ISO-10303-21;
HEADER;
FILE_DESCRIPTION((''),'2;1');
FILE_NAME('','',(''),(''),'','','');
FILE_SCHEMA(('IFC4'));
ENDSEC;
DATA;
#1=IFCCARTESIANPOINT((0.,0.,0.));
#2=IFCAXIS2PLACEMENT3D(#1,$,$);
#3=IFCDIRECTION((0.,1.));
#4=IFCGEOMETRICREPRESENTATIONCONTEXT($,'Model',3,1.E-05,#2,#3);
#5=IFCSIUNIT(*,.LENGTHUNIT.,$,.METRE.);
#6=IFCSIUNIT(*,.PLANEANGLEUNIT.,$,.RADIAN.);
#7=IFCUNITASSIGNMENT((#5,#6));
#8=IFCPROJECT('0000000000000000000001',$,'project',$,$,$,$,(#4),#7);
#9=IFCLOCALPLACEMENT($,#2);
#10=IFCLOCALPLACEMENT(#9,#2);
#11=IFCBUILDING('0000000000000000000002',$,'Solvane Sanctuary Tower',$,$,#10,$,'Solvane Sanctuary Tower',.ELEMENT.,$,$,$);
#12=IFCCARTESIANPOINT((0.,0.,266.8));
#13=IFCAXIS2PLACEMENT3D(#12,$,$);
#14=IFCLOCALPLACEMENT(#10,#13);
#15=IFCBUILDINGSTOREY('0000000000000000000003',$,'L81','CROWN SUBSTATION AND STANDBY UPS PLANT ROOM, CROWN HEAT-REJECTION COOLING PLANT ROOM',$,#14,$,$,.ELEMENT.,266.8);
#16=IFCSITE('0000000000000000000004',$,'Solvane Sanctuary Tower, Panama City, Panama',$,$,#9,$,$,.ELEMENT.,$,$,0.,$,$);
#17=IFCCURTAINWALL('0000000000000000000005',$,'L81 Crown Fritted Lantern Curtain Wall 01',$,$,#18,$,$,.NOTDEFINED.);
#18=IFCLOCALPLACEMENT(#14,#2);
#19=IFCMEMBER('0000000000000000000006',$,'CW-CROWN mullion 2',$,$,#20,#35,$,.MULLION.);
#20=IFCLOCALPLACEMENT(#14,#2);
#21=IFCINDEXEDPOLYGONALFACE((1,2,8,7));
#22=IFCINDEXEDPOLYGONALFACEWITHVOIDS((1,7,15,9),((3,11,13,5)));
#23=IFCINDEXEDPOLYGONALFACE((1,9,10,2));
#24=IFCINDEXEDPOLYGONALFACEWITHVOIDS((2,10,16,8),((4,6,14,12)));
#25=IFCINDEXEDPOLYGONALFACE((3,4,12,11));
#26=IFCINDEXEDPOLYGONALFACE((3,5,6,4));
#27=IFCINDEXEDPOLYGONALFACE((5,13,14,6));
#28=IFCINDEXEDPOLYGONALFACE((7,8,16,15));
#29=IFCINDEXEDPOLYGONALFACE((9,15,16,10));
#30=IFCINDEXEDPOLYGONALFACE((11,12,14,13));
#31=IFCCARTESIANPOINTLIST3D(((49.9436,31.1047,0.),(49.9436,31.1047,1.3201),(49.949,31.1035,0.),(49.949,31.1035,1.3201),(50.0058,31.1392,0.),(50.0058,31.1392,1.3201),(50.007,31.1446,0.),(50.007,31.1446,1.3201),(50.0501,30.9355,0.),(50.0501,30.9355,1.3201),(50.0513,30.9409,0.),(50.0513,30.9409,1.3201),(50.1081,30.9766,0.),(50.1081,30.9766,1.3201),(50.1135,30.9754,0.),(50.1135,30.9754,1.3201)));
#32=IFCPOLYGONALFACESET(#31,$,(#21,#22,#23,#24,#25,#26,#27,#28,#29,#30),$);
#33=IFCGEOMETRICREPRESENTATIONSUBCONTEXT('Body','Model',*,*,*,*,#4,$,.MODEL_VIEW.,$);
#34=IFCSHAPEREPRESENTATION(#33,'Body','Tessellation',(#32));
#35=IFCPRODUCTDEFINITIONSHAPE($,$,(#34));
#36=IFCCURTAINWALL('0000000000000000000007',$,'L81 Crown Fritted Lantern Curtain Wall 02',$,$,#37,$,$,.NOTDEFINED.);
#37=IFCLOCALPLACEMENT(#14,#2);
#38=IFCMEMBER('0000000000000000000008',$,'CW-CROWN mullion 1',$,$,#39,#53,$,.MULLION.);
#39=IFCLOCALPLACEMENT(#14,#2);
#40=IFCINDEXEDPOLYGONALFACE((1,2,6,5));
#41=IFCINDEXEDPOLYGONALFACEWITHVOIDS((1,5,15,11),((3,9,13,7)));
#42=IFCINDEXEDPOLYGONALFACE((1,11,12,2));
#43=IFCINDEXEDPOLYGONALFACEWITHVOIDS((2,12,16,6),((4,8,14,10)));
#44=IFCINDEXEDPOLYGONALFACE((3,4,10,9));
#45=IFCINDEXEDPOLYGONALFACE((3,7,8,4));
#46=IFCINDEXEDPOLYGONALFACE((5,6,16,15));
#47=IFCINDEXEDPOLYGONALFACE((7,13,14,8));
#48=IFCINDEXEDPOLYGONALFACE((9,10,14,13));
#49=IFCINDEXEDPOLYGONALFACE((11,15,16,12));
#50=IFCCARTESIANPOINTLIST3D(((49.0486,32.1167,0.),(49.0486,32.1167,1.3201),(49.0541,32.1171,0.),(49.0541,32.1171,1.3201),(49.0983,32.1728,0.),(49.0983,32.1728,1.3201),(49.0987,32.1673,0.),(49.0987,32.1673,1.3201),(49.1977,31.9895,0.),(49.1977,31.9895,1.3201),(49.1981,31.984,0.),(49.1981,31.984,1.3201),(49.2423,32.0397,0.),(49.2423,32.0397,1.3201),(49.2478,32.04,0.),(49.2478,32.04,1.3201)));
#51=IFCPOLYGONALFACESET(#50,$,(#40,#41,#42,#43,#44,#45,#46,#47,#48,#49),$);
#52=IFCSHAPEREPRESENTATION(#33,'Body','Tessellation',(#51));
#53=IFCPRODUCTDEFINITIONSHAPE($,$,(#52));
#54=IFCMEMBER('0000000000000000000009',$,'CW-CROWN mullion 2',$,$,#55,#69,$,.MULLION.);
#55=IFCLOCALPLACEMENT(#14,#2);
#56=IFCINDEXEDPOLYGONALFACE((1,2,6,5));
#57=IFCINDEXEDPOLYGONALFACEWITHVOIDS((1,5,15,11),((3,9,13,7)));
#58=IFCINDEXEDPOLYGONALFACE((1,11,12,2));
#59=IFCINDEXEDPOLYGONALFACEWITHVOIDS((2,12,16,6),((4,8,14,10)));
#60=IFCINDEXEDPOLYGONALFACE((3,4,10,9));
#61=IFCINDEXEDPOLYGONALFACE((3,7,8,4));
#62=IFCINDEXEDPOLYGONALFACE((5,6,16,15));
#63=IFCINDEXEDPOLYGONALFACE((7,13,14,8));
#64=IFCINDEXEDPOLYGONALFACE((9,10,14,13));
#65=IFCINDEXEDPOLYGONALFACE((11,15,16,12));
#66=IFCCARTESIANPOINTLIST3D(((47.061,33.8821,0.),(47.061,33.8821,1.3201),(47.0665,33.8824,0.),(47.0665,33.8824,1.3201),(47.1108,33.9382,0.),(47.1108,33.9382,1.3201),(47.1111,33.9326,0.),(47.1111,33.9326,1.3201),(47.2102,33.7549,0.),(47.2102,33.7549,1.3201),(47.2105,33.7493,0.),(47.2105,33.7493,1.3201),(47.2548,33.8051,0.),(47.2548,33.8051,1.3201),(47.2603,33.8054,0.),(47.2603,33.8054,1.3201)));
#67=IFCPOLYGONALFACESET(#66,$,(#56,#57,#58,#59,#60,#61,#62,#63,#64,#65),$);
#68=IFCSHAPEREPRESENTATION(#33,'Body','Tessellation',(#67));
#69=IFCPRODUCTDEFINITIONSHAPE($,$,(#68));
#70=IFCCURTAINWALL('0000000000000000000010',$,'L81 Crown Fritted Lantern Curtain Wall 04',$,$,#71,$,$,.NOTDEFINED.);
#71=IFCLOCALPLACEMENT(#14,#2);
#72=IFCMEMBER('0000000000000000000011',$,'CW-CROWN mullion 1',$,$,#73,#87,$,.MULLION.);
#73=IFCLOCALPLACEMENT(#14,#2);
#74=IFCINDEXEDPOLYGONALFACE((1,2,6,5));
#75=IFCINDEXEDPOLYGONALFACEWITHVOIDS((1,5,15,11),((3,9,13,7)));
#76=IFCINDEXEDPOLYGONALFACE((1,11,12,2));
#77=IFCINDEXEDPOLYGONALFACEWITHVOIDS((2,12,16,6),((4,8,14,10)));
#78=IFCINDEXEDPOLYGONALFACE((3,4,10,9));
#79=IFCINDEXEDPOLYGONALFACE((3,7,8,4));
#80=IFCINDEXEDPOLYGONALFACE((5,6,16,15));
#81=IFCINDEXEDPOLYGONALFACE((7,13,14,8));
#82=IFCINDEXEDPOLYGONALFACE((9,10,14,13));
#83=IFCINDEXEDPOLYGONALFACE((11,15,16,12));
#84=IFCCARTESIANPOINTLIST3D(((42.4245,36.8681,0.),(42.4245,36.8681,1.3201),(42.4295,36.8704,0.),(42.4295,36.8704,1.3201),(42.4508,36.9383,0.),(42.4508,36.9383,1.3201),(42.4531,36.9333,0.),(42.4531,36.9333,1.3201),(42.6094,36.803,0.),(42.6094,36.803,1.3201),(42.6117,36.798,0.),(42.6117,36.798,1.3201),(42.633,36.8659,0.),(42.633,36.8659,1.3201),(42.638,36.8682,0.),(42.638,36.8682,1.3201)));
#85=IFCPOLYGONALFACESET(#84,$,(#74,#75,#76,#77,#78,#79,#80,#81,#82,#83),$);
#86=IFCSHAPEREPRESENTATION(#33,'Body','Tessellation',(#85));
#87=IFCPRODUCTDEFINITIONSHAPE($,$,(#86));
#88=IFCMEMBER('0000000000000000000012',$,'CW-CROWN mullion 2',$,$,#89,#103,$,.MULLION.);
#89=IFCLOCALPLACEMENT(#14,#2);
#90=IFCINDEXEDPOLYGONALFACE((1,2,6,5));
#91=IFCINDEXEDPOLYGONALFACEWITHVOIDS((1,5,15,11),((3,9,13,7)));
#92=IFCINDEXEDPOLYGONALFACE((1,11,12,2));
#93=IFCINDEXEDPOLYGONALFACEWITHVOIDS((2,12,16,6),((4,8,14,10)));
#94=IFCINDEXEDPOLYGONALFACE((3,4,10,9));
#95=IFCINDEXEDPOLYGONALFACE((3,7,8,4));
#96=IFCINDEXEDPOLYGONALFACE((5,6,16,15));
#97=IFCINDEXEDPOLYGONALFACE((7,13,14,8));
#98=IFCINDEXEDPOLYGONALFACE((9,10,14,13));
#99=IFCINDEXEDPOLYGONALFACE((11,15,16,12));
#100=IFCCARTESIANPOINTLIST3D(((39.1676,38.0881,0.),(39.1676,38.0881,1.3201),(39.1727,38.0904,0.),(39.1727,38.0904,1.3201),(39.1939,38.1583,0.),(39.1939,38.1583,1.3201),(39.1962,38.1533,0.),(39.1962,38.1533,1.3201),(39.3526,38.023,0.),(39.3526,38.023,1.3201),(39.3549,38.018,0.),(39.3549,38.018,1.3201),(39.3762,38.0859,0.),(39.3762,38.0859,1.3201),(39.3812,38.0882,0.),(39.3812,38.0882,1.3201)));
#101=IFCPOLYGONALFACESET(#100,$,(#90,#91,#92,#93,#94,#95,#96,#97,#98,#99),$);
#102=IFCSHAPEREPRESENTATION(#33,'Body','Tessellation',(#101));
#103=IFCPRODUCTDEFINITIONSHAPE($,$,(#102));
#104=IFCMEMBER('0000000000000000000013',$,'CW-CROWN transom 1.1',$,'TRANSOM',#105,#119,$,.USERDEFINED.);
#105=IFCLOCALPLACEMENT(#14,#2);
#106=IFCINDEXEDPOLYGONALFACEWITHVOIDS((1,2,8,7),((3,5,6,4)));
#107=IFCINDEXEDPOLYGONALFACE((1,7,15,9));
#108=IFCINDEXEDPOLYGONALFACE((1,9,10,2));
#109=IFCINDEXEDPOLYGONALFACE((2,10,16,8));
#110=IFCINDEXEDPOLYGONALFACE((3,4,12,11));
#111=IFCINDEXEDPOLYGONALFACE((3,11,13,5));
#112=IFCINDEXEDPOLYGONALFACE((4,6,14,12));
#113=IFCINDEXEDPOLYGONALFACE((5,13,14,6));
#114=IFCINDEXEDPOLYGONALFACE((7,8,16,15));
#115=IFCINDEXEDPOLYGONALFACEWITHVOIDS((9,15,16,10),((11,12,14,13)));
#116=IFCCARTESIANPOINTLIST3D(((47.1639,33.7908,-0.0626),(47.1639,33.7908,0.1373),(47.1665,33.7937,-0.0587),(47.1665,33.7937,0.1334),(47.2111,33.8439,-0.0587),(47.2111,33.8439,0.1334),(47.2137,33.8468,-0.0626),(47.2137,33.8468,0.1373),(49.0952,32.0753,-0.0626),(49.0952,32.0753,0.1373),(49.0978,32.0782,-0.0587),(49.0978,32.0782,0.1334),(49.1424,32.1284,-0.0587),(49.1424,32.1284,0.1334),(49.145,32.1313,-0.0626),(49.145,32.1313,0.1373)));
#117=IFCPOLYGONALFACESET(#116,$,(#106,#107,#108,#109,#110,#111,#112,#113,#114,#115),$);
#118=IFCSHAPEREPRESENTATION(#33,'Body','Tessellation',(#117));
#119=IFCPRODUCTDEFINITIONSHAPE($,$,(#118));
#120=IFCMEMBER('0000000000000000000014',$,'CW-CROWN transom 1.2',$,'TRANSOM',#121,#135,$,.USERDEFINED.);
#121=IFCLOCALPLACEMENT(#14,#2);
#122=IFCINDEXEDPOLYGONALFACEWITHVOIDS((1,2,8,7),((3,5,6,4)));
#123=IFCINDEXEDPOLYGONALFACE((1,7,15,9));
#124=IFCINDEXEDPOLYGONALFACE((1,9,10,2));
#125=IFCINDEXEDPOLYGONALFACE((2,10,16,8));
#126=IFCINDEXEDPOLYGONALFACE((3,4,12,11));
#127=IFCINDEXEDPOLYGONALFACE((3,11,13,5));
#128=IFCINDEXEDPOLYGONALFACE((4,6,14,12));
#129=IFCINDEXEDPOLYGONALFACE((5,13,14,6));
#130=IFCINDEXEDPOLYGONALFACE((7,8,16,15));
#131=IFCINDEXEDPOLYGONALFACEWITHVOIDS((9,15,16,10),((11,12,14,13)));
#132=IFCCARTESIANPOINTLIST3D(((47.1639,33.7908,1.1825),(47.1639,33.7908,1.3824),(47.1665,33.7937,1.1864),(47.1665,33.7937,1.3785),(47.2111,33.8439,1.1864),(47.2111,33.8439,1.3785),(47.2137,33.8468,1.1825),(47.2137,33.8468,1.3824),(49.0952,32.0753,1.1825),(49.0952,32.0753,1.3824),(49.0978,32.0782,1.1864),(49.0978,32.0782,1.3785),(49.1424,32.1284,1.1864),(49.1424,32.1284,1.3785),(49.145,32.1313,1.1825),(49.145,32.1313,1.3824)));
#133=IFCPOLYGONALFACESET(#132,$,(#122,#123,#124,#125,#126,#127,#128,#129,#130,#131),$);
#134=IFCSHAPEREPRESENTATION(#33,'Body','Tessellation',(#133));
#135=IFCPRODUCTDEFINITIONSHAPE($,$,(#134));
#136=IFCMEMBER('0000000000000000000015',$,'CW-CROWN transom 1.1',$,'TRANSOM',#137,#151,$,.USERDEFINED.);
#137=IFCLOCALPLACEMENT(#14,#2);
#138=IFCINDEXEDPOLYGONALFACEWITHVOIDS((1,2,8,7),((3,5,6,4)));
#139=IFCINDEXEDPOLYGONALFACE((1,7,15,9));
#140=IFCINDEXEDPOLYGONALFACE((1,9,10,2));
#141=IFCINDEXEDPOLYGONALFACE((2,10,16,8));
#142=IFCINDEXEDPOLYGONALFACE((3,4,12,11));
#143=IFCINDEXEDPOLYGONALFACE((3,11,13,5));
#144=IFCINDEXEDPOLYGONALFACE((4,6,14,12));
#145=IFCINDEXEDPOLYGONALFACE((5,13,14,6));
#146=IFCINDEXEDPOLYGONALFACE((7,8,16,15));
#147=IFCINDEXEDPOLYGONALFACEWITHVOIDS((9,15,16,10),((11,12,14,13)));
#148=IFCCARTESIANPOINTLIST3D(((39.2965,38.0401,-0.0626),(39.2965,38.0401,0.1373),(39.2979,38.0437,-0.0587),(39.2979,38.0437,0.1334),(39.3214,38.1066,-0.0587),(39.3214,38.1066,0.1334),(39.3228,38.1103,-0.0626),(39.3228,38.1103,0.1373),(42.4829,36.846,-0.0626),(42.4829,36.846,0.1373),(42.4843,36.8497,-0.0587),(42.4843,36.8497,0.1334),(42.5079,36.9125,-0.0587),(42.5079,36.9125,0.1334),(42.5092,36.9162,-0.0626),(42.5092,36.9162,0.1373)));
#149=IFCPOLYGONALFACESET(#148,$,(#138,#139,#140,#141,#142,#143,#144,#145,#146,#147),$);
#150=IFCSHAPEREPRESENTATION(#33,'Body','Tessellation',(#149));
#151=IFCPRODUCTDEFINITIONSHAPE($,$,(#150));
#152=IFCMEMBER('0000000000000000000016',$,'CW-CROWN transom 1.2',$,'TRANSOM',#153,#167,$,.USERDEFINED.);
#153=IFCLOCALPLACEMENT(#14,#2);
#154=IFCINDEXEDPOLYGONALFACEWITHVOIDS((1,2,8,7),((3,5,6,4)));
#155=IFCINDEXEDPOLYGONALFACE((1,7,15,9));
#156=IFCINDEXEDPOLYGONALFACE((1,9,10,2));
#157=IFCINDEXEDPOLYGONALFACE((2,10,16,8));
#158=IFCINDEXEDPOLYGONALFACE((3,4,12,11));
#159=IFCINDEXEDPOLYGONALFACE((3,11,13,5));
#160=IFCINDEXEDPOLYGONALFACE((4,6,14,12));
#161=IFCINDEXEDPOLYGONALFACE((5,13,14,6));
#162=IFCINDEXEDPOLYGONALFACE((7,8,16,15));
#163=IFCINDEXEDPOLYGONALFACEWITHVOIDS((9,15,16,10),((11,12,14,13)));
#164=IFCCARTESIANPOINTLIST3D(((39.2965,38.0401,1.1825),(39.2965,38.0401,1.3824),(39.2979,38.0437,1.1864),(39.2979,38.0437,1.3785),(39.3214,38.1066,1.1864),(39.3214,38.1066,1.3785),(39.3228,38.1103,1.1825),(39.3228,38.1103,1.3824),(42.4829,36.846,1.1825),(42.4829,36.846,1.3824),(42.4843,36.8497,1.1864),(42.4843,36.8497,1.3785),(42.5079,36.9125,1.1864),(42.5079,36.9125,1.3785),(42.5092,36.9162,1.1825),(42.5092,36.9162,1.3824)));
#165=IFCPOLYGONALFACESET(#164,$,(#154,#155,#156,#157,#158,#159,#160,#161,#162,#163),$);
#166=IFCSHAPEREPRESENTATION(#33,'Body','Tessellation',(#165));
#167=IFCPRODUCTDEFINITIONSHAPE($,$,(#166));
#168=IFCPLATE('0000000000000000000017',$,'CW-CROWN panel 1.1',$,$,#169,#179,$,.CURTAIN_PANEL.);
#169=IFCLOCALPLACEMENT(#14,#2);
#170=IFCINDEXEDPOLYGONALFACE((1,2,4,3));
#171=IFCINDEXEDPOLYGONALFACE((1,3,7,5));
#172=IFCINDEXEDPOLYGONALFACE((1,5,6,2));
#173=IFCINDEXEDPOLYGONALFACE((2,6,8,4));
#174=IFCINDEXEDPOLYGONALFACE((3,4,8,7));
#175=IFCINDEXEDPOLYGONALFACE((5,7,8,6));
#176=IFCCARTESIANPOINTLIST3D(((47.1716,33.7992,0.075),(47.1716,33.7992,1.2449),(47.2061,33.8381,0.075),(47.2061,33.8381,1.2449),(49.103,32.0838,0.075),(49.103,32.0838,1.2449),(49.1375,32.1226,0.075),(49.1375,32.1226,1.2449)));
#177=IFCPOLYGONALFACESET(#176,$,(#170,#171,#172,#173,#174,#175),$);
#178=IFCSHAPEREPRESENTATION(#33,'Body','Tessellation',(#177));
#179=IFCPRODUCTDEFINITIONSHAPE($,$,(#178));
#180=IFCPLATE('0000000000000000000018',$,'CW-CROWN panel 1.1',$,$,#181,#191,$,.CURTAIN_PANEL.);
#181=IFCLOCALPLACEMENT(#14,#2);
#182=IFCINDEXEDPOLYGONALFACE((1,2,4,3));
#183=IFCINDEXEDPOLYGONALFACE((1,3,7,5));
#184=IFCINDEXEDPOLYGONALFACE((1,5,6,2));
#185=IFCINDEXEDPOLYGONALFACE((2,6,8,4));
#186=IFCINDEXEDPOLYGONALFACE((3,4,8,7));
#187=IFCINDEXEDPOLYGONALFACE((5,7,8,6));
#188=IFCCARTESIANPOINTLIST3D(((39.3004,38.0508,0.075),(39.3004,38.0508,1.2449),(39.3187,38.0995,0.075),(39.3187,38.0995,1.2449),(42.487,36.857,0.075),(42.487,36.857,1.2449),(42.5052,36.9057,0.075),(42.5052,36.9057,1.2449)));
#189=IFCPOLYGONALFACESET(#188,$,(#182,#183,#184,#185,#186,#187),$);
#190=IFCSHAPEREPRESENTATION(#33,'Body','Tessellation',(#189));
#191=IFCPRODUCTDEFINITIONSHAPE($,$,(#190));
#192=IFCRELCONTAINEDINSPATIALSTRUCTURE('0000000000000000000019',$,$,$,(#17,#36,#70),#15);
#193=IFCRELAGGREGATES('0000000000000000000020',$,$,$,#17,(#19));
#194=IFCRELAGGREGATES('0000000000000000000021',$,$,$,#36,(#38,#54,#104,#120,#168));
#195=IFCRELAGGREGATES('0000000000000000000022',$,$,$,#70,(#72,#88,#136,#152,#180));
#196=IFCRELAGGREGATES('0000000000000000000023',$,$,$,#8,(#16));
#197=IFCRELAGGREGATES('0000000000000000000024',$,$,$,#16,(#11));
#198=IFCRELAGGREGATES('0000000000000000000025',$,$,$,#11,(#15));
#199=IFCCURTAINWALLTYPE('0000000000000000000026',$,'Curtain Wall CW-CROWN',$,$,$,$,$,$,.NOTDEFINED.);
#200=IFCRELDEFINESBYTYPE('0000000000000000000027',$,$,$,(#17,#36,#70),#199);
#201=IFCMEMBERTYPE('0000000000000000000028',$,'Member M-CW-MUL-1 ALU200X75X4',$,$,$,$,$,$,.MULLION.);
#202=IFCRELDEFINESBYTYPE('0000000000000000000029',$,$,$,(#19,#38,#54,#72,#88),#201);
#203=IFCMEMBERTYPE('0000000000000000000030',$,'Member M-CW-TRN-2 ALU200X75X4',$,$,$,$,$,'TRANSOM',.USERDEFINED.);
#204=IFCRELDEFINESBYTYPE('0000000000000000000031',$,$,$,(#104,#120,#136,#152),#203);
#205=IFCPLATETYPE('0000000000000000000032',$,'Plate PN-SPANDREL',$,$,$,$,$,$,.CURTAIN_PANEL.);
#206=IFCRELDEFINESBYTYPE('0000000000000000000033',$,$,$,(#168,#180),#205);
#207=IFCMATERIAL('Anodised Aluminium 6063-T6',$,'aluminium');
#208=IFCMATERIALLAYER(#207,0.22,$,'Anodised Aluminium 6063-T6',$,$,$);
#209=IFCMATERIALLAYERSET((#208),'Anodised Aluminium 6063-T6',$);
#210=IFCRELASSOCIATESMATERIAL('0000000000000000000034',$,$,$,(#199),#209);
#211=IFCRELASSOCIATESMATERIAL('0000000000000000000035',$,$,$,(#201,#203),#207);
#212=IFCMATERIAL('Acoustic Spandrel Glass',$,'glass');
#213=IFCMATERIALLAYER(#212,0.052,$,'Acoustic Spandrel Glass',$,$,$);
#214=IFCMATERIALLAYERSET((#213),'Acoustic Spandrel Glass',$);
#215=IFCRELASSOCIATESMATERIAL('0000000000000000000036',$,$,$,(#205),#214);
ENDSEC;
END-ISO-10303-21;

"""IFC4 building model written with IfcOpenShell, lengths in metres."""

from ifc_helpers import new_model, si_unit, direction, frame, origin, origin_2d, place, context, subcontext, project, spatial, rectangle, hollow_rectangle, extrude, material, layer, layer_set, material_profile, profile_set, type_object, element, aggregate, save


model = new_model("IFC4")

# Units and contexts
model_context = context("Model", 3, precision=1e-05, world=origin(), true_north=direction((0.0, 1.0)))
body_context = subcontext(model_context, "Body", "Model", "MODEL_VIEW")
ifc_project = project(units=[si_unit("LENGTHUNIT", "METRE"), si_unit("PLANEANGLEUNIT", "RADIAN")], contexts=[model_context])

# Site, building, storey
site_placement = place(None, origin())
site = spatial("IfcSite", under=ifc_project, at=site_placement, Name="Solvane Sanctuary Tower, Panama City, Panama", CompositionType="ELEMENT", RefElevation=0.0)
building_placement = place(site_placement, origin())
building = spatial("IfcBuilding", under=site, at=building_placement, Name="Solvane Sanctuary Tower", LongName="Solvane Sanctuary Tower", CompositionType="ELEMENT")
storey_placement = place(building_placement, frame((0.0, 0.0, 266.8)))
storey = spatial("IfcBuildingStorey", under=building, at=storey_placement, Name="L81", Description="CROWN SUBSTATION AND STANDBY UPS PLANT ROOM, CROWN HEAT-REJECTION COOLING PLANT ROOM", CompositionType="ELEMENT", Elevation=266.8)

# Curtain wall, member
ifc_material_1 = material(Name="Anodised Aluminium 6063-T6", Category="aluminium")
ifc_layer_1 = layer(ifc_material_1, 0.22, Name="Anodised Aluminium 6063-T6")
ifc_layer_set_1 = layer_set([ifc_layer_1], Name="Anodised Aluminium 6063-T6")
curtain_wall_type = type_object("IfcCurtainWallType", Name="Curtain Wall CW-CROWN", PredefinedType="NOTDEFINED", material=ifc_layer_set_1)
curtain_wall_1_placement = place(storey_placement, origin())
curtain_wall_1 = element("IfcCurtainWall", 1, at=curtain_wall_1_placement, inside=storey, type_object=curtain_wall_type, Name="L81 Crown Fritted Lantern Curtain Wall 01", PredefinedType="NOTDEFINED")
ifc_material_profile_1 = material_profile(ifc_material_1, hollow_rectangle(XDim=0.075, YDim=0.2, WallThickness=0.0039, at=origin_2d()), Name="ALU200X75X4")
ifc_profile_set_1 = profile_set([ifc_material_profile_1], Name="Anodised Aluminium 6063-T6")
member_type_1 = type_object("IfcMemberType", Name="Member M-CW-MUL-1 ALU200X75X4", PredefinedType="MULLION", material=ifc_profile_set_1)
member_1_placement = place(storey_placement, frame((50.0286, 31.04, 0.0), z_axis=(0.0, 0.0, 1.0), x_axis=(-0.846332, -0.532656, 0.0)))
member_1 = element("IfcMember", 2, at=member_1_placement, type_object=member_type_1, Name="CW-CROWN mullion 2", PredefinedType="MULLION", context=body_context, shape_type="SweptSolid", body=[
    extrude(hollow_rectangle(XDim=0.075, YDim=0.2, WallThickness=0.0039, at=origin_2d()), origin(), (0.0, 0.0, 1.0), 1.3201),
])
aggregate(curtain_wall_1, [member_1])

# Curtain walls, members
curtain_wall_2_placement = place(storey_placement, origin())
curtain_wall_2 = element("IfcCurtainWall", 3, at=curtain_wall_2_placement, inside=storey, type_object=curtain_wall_type, Name="L81 Crown Fritted Lantern Curtain Wall 02", PredefinedType="NOTDEFINED")
member_2_placement = place(storey_placement, frame((49.1482, 32.0784, 0.0), z_axis=(0.0, 0.0, 1.0), x_axis=(-0.664071, -0.74767, 0.0)))
member_2 = element("IfcMember", 4, at=member_2_placement, type_object=member_type_1, Name="CW-CROWN mullion 1", PredefinedType="MULLION", context=body_context, shape_type="SweptSolid", body=[
    extrude(hollow_rectangle(XDim=0.075, YDim=0.2, WallThickness=0.0039, at=origin_2d()), origin(), (0.0, 0.0, 1.0), 1.3201),
])
member_3_placement = place(storey_placement, frame((47.1606, 33.8438, 0.0), z_axis=(0.0, 0.0, 1.0), x_axis=(-0.664071, -0.74767, 0.0)))
member_3 = element("IfcMember", 5, at=member_3_placement, type_object=member_type_1, Name="CW-CROWN mullion 2", PredefinedType="MULLION", context=body_context, shape_type="SweptSolid", body=[
    extrude(hollow_rectangle(XDim=0.075, YDim=0.2, WallThickness=0.0039, at=origin_2d()), origin(), (0.0, 0.0, 1.0), 1.3201),
])
curtain_wall_3_placement = place(storey_placement, origin())
curtain_wall_3 = element("IfcCurtainWall", 6, at=curtain_wall_3_placement, inside=storey, type_object=curtain_wall_type, Name="L81 Crown Fritted Lantern Curtain Wall 04", PredefinedType="NOTDEFINED")
member_4_placement = place(storey_placement, frame((42.5312, 36.8682, 0.0), z_axis=(0.0, 0.0, 1.0), x_axis=(-0.350837, -0.936437, 0.0)))
member_4 = element("IfcMember", 7, at=member_4_placement, type_object=member_type_1, Name="CW-CROWN mullion 1", PredefinedType="MULLION", context=body_context, shape_type="SweptSolid", body=[
    extrude(hollow_rectangle(XDim=0.075, YDim=0.2, WallThickness=0.0039, at=origin_2d()), origin(), (0.0, 0.0, 1.0), 1.3201),
])
member_5_placement = place(storey_placement, frame((39.2744, 38.0881, 0.0), z_axis=(0.0, 0.0, 1.0), x_axis=(-0.350837, -0.936437, 0.0)))
member_5 = element("IfcMember", 8, at=member_5_placement, type_object=member_type_1, Name="CW-CROWN mullion 2", PredefinedType="MULLION", context=body_context, shape_type="SweptSolid", body=[
    extrude(hollow_rectangle(XDim=0.075, YDim=0.2, WallThickness=0.0039, at=origin_2d()), origin(), (0.0, 0.0, 1.0), 1.3201),
])

# Members
ifc_material_profile_2 = material_profile(ifc_material_1, hollow_rectangle(XDim=0.075, YDim=0.2, WallThickness=0.0039, at=origin_2d()), Name="ALU200X75X4")
ifc_profile_set_2 = profile_set([ifc_material_profile_2], Name="Anodised Aluminium 6063-T6")
member_type_2 = type_object("IfcMemberType", Name="Member M-CW-TRN-2 ALU200X75X4", ElementType="TRANSOM", PredefinedType="USERDEFINED", material=ifc_profile_set_2)
member_6_placement = place(storey_placement, frame((49.1201, 32.1033, 0.0374), z_axis=(-0.747644, 0.6641, 0.0), x_axis=(-0.6641, -0.747644, 0.0)))
member_6 = element("IfcMember", 9, at=member_6_placement, type_object=member_type_2, Name="CW-CROWN transom 1.1", ObjectType="TRANSOM", PredefinedType="USERDEFINED", context=body_context, shape_type="SweptSolid", body=[
    extrude(hollow_rectangle(XDim=0.075, YDim=0.2, WallThickness=0.0039, at=origin_2d()), origin(), (0.0, 0.0, 1.0), 2.5833),
])
member_7_placement = place(storey_placement, frame((49.1201, 32.1033, 1.2825), z_axis=(-0.747644, 0.6641, 0.0), x_axis=(-0.6641, -0.747644, 0.0)))
member_7 = element("IfcMember", 10, at=member_7_placement, type_object=member_type_2, Name="CW-CROWN transom 1.2", ObjectType="TRANSOM", PredefinedType="USERDEFINED", context=body_context, shape_type="SweptSolid", body=[
    extrude(hollow_rectangle(XDim=0.075, YDim=0.2, WallThickness=0.0039, at=origin_2d()), origin(), (0.0, 0.0, 1.0), 2.5833),
])
member_8_placement = place(storey_placement, frame((42.4961, 36.8811, 0.0374), z_axis=(-0.936412, 0.350903, 0.0), x_axis=(-0.350903, -0.936412, 0.0)))
member_8 = element("IfcMember", 11, at=member_8_placement, type_object=member_type_2, Name="CW-CROWN transom 1.1", ObjectType="TRANSOM", PredefinedType="USERDEFINED", context=body_context, shape_type="SweptSolid", body=[
    extrude(hollow_rectangle(XDim=0.075, YDim=0.2, WallThickness=0.0039, at=origin_2d()), origin(), (0.0, 0.0, 1.0), 3.4028),
])
member_9_placement = place(storey_placement, frame((42.4961, 36.8811, 1.2825), z_axis=(-0.936412, 0.350903, 0.0), x_axis=(-0.350903, -0.936412, 0.0)))
member_9 = element("IfcMember", 12, at=member_9_placement, type_object=member_type_2, Name="CW-CROWN transom 1.2", ObjectType="TRANSOM", PredefinedType="USERDEFINED", context=body_context, shape_type="SweptSolid", body=[
    extrude(hollow_rectangle(XDim=0.075, YDim=0.2, WallThickness=0.0039, at=origin_2d()), origin(), (0.0, 0.0, 1.0), 3.4028),
])

# Plates
ifc_material_2 = material(Name="Acoustic Spandrel Glass", Category="glass")
ifc_layer_2 = layer(ifc_material_2, 0.052, Name="Acoustic Spandrel Glass")
ifc_layer_set_2 = layer_set([ifc_layer_2], Name="Acoustic Spandrel Glass")
plate_type = type_object("IfcPlateType", Name="Plate PN-SPANDREL", PredefinedType="CURTAIN_PANEL", material=ifc_layer_set_2)
plate_1_placement = place(storey_placement, frame((48.1545, 32.9609, 0.075), z_axis=(0.0, 0.0, 1.0), x_axis=(-0.74767, 0.664071, 0.0)))
plate_1 = element("IfcPlate", 13, at=plate_1_placement, type_object=plate_type, Name="CW-CROWN panel 1.1", PredefinedType="CURTAIN_PANEL", context=body_context, shape_type="SweptSolid", body=[
    extrude(rectangle(XDim=2.5833, YDim=0.052, at=origin_2d()), origin(), (0.0, 0.0, 1.0), 1.1699),
])
aggregate(curtain_wall_2, [member_2, member_3, member_6, member_7, plate_1])
plate_2_placement = place(storey_placement, frame((40.9028, 37.4783, 0.075), z_axis=(0.0, 0.0, 1.0), x_axis=(-0.936437, 0.350837, 0.0)))
plate_2 = element("IfcPlate", 14, at=plate_2_placement, type_object=plate_type, Name="CW-CROWN panel 1.1", PredefinedType="CURTAIN_PANEL", context=body_context, shape_type="SweptSolid", body=[
    extrude(rectangle(XDim=3.4028, YDim=0.052, at=origin_2d()), origin(), (0.0, 0.0, 1.0), 1.1699),
])
aggregate(curtain_wall_3, [member_4, member_5, member_8, member_9, plate_2])

save(model, "model.ifc")
